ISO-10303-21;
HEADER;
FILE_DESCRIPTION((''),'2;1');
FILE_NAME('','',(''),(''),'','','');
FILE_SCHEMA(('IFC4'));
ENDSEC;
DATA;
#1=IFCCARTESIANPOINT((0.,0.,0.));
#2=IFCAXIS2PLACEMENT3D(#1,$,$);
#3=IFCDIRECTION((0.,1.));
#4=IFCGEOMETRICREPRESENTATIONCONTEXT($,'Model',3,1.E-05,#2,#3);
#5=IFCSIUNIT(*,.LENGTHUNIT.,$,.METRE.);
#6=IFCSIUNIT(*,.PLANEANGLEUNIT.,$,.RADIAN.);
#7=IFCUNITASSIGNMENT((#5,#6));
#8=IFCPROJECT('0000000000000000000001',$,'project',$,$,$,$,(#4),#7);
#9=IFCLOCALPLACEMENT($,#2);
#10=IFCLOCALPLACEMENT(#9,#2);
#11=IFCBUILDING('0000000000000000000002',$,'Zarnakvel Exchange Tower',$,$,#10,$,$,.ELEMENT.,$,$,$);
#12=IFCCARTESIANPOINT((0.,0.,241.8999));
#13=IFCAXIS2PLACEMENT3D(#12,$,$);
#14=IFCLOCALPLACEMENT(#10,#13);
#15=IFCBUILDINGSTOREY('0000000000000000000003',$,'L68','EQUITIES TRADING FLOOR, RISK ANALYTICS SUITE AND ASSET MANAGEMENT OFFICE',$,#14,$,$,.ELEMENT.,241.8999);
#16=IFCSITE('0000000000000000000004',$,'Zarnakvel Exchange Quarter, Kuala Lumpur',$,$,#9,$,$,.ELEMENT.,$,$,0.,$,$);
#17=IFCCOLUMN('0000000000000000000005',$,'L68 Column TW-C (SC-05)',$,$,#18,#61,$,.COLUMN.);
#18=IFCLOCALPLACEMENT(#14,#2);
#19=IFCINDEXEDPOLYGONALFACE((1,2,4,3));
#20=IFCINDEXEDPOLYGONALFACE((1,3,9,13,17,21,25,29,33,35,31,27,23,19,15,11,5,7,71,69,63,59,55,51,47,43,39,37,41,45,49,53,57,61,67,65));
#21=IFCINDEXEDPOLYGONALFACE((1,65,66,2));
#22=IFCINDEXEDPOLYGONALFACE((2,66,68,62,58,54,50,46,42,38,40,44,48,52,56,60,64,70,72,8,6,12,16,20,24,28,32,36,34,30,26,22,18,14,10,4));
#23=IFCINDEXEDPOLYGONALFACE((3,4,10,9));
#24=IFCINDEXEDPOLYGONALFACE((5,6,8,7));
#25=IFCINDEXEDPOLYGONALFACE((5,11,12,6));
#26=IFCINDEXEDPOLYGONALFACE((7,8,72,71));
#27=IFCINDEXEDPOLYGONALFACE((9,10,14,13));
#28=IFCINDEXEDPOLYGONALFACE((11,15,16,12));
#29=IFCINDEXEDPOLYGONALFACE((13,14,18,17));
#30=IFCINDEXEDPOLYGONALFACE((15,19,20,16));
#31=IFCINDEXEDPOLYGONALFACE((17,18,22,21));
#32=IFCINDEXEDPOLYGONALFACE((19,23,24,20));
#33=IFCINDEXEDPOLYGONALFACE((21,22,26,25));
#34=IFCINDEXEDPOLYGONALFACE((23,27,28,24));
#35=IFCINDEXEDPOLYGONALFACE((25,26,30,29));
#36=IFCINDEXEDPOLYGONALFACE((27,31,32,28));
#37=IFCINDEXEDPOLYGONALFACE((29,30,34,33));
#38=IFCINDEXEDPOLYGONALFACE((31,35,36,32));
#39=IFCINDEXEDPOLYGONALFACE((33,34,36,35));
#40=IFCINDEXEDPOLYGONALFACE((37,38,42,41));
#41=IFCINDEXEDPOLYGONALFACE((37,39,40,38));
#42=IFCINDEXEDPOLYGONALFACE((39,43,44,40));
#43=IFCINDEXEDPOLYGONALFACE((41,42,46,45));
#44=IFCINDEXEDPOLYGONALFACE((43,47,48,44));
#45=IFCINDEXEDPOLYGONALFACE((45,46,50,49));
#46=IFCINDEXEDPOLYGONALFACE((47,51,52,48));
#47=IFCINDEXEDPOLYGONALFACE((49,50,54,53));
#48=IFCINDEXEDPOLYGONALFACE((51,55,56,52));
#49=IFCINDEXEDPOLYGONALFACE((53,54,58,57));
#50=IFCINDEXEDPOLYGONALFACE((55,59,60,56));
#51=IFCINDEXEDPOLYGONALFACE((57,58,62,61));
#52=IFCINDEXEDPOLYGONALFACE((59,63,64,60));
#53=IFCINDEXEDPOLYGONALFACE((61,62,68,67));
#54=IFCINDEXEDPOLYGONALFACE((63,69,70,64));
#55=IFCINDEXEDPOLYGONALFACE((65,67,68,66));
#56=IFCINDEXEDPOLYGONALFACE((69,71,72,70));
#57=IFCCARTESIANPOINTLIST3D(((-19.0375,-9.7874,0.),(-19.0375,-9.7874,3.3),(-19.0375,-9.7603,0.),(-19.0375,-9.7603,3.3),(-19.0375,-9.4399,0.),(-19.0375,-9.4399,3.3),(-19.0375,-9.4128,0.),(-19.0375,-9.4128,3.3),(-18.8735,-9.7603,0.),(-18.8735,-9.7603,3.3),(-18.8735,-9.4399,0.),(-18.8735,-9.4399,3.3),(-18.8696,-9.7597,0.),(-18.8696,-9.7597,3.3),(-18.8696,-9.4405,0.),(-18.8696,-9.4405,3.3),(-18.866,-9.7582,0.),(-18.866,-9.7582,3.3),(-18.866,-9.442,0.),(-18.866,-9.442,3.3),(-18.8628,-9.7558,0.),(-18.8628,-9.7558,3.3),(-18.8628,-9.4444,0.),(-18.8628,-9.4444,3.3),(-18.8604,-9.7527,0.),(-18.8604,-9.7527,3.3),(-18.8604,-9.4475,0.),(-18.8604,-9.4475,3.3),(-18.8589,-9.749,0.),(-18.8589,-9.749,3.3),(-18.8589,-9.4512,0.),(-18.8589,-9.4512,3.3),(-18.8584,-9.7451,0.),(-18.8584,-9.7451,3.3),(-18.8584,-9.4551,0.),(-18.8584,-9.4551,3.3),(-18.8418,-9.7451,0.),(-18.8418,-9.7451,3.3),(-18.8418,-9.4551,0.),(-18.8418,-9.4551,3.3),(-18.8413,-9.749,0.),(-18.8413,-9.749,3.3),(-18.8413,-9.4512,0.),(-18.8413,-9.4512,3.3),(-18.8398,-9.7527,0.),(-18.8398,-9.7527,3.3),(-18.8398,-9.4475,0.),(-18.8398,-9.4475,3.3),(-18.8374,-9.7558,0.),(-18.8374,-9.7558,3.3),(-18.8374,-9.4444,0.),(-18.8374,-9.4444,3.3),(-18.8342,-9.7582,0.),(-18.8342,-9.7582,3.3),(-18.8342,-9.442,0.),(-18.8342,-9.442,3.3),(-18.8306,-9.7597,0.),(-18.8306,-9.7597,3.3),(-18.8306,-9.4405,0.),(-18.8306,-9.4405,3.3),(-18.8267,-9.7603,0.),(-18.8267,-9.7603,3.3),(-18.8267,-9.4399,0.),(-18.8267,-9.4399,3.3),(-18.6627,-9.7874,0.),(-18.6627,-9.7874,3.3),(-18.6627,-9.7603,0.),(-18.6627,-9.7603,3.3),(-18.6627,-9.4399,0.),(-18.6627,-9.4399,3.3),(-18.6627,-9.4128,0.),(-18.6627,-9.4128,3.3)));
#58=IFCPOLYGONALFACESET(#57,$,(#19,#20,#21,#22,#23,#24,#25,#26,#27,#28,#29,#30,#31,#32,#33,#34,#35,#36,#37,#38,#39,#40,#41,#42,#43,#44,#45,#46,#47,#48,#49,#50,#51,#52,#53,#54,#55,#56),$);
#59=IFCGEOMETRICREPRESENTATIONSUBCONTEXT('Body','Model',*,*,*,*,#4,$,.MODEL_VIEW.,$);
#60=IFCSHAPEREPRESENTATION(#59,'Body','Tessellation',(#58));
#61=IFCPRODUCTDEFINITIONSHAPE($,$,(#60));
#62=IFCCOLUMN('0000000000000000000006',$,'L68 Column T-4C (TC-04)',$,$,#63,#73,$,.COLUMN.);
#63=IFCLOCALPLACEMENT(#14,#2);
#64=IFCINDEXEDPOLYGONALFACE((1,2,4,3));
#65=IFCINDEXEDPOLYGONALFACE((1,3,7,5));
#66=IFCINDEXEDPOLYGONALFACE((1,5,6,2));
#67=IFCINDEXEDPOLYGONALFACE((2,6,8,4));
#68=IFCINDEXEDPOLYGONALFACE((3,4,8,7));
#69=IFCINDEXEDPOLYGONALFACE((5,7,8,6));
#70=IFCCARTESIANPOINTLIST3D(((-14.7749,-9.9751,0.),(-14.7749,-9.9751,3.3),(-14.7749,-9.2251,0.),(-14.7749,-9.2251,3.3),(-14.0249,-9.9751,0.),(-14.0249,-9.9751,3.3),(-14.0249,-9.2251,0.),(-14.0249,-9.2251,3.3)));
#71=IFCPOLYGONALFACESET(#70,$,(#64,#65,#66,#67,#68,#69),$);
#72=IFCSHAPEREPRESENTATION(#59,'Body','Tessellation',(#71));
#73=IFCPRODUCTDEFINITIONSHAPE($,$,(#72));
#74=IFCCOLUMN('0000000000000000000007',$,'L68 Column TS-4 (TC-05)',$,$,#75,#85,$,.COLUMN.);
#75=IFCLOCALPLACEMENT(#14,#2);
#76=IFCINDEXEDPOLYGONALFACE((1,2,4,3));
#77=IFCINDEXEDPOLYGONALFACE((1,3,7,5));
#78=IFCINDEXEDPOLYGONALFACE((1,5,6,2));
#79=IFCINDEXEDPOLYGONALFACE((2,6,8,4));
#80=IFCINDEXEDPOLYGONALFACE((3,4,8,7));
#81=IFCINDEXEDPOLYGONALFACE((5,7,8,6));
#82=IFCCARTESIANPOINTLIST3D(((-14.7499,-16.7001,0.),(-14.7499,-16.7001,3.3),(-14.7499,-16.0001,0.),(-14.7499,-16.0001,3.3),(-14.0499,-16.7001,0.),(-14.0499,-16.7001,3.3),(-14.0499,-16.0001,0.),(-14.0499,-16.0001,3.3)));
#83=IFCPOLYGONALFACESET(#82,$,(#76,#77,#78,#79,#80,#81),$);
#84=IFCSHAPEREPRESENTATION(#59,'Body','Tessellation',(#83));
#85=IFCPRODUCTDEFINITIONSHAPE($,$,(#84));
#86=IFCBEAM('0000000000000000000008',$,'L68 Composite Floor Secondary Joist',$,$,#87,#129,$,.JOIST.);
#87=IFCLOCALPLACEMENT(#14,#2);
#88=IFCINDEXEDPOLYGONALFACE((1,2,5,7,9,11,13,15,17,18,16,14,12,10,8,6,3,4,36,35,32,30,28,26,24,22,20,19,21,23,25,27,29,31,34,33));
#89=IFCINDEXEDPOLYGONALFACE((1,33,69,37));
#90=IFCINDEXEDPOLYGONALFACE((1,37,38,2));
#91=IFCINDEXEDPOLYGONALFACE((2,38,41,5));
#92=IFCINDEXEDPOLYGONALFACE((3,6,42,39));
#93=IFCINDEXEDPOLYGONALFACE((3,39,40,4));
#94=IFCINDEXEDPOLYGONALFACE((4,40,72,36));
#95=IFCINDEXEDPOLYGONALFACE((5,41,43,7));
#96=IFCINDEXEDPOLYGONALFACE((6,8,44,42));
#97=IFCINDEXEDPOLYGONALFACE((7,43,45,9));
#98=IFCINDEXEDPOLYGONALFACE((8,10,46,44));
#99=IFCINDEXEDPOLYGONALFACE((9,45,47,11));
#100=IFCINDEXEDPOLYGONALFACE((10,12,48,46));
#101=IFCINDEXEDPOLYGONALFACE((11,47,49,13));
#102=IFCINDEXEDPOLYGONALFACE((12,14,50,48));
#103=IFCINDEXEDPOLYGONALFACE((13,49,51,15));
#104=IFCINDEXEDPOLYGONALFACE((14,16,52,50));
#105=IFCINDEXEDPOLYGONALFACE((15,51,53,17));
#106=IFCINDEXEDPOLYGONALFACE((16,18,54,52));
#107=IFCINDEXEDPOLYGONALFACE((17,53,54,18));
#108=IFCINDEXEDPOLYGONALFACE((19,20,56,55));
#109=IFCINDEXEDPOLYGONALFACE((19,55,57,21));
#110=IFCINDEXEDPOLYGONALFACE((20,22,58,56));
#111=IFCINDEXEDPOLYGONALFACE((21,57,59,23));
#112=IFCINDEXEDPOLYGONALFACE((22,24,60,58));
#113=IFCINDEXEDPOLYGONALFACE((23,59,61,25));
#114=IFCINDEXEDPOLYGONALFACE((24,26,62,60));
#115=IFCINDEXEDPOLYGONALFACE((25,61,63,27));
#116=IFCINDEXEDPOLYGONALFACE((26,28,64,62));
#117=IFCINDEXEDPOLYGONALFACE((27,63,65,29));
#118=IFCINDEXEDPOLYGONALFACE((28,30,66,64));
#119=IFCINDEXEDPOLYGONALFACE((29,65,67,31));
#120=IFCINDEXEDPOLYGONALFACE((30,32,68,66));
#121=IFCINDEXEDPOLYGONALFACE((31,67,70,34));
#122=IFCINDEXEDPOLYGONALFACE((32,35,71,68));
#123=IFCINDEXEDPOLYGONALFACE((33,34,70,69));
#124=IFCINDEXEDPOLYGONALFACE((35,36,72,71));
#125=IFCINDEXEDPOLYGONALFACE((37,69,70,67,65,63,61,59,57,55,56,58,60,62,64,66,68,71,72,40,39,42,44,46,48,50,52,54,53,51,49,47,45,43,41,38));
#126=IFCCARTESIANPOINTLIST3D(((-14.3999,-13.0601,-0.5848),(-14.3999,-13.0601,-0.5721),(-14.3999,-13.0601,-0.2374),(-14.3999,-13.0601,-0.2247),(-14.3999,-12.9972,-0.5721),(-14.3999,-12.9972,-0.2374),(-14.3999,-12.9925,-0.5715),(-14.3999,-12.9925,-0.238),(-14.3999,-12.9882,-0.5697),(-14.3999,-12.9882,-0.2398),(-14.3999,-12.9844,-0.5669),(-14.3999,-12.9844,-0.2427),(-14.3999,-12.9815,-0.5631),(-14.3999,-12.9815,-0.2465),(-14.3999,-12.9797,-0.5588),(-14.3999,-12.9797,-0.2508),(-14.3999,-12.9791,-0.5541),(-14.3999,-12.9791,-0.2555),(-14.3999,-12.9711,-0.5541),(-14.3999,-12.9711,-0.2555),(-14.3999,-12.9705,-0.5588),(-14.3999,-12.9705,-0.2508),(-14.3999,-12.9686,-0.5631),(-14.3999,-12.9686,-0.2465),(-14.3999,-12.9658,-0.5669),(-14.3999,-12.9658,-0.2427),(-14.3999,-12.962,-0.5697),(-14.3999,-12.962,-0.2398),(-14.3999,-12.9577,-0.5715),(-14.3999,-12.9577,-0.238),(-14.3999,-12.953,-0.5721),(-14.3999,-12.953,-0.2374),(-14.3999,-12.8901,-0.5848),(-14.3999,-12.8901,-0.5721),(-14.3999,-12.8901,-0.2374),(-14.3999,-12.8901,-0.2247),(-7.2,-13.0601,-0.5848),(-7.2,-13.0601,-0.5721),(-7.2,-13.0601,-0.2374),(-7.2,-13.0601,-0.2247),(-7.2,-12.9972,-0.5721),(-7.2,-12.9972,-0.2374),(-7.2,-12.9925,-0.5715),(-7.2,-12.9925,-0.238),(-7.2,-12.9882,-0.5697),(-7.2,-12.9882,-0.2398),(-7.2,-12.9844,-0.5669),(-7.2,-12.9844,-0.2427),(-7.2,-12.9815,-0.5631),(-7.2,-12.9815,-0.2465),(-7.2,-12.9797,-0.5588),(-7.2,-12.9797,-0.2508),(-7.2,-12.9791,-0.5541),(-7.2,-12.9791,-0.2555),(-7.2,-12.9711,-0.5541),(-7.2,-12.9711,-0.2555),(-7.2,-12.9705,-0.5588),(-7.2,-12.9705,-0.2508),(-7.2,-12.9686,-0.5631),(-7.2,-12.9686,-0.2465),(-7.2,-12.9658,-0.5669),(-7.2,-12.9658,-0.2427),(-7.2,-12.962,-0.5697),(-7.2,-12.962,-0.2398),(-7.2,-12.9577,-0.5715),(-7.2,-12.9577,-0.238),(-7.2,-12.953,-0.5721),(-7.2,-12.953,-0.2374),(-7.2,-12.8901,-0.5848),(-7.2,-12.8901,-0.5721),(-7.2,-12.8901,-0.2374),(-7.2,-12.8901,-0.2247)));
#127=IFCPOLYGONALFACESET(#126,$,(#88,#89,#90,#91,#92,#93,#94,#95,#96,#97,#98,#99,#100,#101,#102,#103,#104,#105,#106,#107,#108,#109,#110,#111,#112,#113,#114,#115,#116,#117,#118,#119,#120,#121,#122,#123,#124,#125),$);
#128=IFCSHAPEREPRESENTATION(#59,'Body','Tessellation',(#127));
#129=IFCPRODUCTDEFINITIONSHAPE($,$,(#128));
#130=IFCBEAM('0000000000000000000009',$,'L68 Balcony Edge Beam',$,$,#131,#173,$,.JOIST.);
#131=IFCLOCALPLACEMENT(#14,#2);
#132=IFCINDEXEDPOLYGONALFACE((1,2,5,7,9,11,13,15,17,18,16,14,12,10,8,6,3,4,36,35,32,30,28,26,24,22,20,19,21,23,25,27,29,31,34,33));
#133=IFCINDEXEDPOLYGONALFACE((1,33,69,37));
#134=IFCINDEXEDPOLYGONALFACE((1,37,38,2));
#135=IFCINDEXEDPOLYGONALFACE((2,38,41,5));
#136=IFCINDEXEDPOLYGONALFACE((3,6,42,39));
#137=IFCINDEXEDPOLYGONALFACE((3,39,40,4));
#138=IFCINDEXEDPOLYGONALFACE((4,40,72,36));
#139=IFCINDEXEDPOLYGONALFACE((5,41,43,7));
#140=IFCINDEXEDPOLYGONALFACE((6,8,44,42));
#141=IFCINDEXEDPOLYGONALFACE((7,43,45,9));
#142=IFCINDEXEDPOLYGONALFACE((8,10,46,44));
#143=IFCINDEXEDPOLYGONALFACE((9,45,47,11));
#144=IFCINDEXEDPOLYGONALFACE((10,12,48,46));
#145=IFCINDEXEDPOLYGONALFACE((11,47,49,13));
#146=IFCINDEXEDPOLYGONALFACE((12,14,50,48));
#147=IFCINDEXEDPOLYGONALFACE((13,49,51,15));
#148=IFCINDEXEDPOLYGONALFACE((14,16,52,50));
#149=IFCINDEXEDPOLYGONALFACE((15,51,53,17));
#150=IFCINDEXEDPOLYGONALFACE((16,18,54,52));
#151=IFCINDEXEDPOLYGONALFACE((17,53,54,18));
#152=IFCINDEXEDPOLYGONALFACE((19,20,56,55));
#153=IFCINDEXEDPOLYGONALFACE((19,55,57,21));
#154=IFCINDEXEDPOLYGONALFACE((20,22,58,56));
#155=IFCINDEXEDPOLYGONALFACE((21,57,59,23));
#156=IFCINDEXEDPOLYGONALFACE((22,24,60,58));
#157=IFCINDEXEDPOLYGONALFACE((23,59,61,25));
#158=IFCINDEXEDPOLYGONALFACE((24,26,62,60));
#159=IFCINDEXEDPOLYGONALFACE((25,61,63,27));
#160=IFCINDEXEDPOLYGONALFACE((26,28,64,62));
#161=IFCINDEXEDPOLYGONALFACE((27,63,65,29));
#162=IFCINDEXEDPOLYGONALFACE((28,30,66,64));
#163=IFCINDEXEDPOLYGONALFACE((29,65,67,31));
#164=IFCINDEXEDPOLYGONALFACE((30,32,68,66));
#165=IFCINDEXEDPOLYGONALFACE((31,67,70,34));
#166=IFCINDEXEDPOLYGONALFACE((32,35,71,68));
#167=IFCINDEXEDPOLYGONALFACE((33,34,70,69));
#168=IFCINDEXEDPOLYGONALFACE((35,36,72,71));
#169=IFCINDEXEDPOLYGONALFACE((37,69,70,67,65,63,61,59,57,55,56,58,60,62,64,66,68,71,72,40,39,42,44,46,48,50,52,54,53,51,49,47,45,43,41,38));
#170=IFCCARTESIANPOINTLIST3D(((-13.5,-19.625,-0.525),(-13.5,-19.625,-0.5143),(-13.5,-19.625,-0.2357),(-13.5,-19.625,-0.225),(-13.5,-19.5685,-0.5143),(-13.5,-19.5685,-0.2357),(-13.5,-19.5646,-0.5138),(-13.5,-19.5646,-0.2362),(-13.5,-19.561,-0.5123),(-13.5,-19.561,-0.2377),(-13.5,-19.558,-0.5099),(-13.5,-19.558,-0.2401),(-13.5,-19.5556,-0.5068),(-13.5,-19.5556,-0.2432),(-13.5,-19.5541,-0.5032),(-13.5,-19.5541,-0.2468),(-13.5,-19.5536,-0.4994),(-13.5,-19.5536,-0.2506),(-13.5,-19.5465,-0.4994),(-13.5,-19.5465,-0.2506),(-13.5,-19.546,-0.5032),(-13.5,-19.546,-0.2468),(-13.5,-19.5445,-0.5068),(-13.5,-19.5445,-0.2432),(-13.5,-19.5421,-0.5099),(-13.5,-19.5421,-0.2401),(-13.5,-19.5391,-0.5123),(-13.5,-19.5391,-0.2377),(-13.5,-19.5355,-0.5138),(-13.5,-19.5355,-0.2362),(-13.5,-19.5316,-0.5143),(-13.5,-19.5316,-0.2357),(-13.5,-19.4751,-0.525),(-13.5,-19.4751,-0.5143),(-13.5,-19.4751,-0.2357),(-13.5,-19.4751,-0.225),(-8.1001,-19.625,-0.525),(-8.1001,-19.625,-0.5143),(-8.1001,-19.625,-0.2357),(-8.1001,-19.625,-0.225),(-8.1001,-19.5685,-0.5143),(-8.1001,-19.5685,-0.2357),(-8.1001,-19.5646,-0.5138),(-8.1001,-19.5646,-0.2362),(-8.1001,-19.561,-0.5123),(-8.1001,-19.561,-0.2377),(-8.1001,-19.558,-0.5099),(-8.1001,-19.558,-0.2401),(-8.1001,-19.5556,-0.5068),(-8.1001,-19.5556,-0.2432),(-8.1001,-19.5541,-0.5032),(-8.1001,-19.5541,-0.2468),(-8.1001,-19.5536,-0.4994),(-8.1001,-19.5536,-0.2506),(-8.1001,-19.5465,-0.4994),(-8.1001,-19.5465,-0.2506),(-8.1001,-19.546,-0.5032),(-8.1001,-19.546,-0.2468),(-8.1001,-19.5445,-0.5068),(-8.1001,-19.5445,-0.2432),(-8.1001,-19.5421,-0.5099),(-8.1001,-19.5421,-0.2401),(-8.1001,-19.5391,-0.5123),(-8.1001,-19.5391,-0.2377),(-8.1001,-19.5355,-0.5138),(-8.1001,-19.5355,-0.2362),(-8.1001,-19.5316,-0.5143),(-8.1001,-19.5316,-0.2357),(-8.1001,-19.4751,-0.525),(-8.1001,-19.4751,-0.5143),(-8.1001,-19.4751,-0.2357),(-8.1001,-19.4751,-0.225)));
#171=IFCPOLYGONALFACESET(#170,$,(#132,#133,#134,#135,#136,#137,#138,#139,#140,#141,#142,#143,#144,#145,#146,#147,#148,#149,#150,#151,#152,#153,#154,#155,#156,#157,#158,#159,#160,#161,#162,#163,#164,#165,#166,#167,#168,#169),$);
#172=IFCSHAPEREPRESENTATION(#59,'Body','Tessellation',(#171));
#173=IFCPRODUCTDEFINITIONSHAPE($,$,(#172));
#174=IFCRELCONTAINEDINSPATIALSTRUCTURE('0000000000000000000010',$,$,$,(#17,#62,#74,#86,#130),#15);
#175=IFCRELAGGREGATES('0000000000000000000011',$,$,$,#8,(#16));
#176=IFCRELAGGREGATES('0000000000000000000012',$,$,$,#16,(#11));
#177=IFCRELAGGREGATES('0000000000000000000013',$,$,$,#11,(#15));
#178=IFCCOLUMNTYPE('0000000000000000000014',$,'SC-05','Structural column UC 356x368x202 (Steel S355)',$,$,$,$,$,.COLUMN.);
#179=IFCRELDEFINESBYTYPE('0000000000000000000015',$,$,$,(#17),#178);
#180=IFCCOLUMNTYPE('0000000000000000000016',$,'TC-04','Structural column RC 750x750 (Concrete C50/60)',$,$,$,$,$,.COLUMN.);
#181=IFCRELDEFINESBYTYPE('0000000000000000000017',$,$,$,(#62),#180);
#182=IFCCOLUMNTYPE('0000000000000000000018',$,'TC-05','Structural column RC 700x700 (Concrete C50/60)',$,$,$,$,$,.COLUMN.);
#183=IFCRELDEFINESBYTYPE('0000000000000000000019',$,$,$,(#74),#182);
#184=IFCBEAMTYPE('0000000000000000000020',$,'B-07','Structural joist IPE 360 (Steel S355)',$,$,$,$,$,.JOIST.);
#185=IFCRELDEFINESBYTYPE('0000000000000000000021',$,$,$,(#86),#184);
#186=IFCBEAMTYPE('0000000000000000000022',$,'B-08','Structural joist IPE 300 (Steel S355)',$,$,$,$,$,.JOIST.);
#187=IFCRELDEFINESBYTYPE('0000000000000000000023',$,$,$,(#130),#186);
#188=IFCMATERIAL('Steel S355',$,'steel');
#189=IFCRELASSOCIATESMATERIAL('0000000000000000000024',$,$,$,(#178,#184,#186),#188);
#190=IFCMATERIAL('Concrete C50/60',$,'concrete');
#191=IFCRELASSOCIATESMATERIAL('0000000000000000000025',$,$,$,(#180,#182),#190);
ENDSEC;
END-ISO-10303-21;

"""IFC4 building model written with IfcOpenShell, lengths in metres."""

from ifc_helpers import new_model, si_unit, direction, frame, origin, origin_2d, place, context, subcontext, project, spatial, rectangle, i_section, extrude, material, material_profile, profile_set, type_object, element, save


model = new_model("IFC4")

# Units and contexts
model_context = context("Model", 3, precision=1e-05, world=origin(), true_north=direction((0.0, 1.0)))
body_context = subcontext(model_context, "Body", "Model", "MODEL_VIEW")
ifc_project = project(units=[si_unit("LENGTHUNIT", "METRE"), si_unit("PLANEANGLEUNIT", "RADIAN")], contexts=[model_context])

# Site, building, storey
site_placement = place(None, origin())
site = spatial("IfcSite", under=ifc_project, at=site_placement, Name="Zarnakvel Exchange Quarter, Kuala Lumpur", CompositionType="ELEMENT", RefElevation=0.0)
building_placement = place(site_placement, origin())
building = spatial("IfcBuilding", under=site, at=building_placement, Name="Zarnakvel Exchange Tower", CompositionType="ELEMENT")
storey_placement = place(building_placement, frame((0.0, 0.0, 241.8999)))
storey = spatial("IfcBuildingStorey", under=building, at=storey_placement, Name="L68", Description="EQUITIES TRADING FLOOR, RISK ANALYTICS SUITE AND ASSET MANAGEMENT OFFICE", CompositionType="ELEMENT", Elevation=241.8999)

# Columns
ifc_material_1 = material(Name="Steel S355", Category="steel")
ifc_material_profile_1 = material_profile(ifc_material_1, i_section(OverallWidth=0.3748, OverallDepth=0.3745, WebThickness=0.0166, FlangeThickness=0.0271, FilletRadius=0.0151, at=origin_2d()))
ifc_profile_set_1 = profile_set([ifc_material_profile_1], Name="Steel S355")
column_type_1 = type_object("IfcColumnType", Name="SC-05", Description="Structural column UC 356x368x202 (Steel S355)", PredefinedType="COLUMN", material=ifc_profile_set_1)
column_1_placement = place(storey_placement, frame((-18.8501, -9.6001, 0.0), z_axis=(0.0, 0.0, 1.0), x_axis=(1.0, 0.0, 0.0)))
element("IfcColumn", 1, at=column_1_placement, inside=storey, type_object=column_type_1, Name="L68 Column TW-C (SC-05)", PredefinedType="COLUMN", context=body_context, shape_type="SweptSolid", body=[
    extrude(i_section(OverallWidth=0.3748, OverallDepth=0.3745, WebThickness=0.0166, FlangeThickness=0.0271, FilletRadius=0.0151, at=origin_2d()), origin(), (0.0, 0.0, 1.0), 3.3),
])
ifc_material_2 = material(Name="Concrete C50/60", Category="concrete")
ifc_material_profile_2 = material_profile(ifc_material_2, rectangle(XDim=0.75, YDim=0.75, at=origin_2d()))
ifc_profile_set_2 = profile_set([ifc_material_profile_2], Name="Concrete C50/60")
column_type_2 = type_object("IfcColumnType", Name="TC-04", Description="Structural column RC 750x750 (Concrete C50/60)", PredefinedType="COLUMN", material=ifc_profile_set_2)
column_2_placement = place(storey_placement, frame((-14.3999, -9.6001, 0.0), z_axis=(0.0, 0.0, 1.0), x_axis=(1.0, 0.0, 0.0)))
element("IfcColumn", 2, at=column_2_placement, inside=storey, type_object=column_type_2, Name="L68 Column T-4C (TC-04)", PredefinedType="COLUMN", context=body_context, shape_type="SweptSolid", body=[
    extrude(rectangle(XDim=0.75, YDim=0.75, at=origin_2d()), origin(), (0.0, 0.0, 1.0), 3.3),
])
ifc_material_profile_3 = material_profile(ifc_material_2, rectangle(XDim=0.7, YDim=0.7, at=origin_2d()))
ifc_profile_set_3 = profile_set([ifc_material_profile_3], Name="Concrete C50/60")
column_type_3 = type_object("IfcColumnType", Name="TC-05", Description="Structural column RC 700x700 (Concrete C50/60)", PredefinedType="COLUMN", material=ifc_profile_set_3)
column_3_placement = place(storey_placement, frame((-14.3999, -16.3501, 0.0), z_axis=(0.0, 0.0, 1.0), x_axis=(1.0, 0.0, 0.0)))
element("IfcColumn", 3, at=column_3_placement, inside=storey, type_object=column_type_3, Name="L68 Column TS-4 (TC-05)", PredefinedType="COLUMN", context=body_context, shape_type="SweptSolid", body=[
    extrude(rectangle(XDim=0.7, YDim=0.7, at=origin_2d()), origin(), (0.0, 0.0, 1.0), 3.3),
])

# Beams
ifc_material_profile_4 = material_profile(ifc_material_1, i_section(OverallWidth=0.1699, OverallDepth=0.3601, WebThickness=0.0081, FlangeThickness=0.0127, FilletRadius=0.0181, at=origin_2d()))
ifc_profile_set_4 = profile_set([ifc_material_profile_4], Name="Steel S355")
beam_type_1 = type_object("IfcBeamType", Name="B-07", Description="Structural joist IPE 360 (Steel S355)", PredefinedType="JOIST", material=ifc_profile_set_4)
beam_1_placement = place(storey_placement, frame((-14.3999, -12.9751, -0.4048), z_axis=(1.0, 0.0, 0.0), x_axis=(0.0, 1.0, 0.0)))
element("IfcBeam", 4, at=beam_1_placement, inside=storey, type_object=beam_type_1, Name="L68 Composite Floor Secondary Joist", PredefinedType="JOIST", context=body_context, shape_type="SweptSolid", body=[
    extrude(i_section(OverallWidth=0.1699, OverallDepth=0.3601, WebThickness=0.0081, FlangeThickness=0.0127, FilletRadius=0.0181, at=origin_2d()), origin(), (0.0, 0.0, 1.0), 7.2),
])
ifc_material_profile_5 = material_profile(ifc_material_1, i_section(OverallWidth=0.1499, OverallDepth=0.3, WebThickness=0.0071, FlangeThickness=0.0107, FilletRadius=0.0149, at=origin_2d()))
ifc_profile_set_5 = profile_set([ifc_material_profile_5], Name="Steel S355")
beam_type_2 = type_object("IfcBeamType", Name="B-08", Description="Structural joist IPE 300 (Steel S355)", PredefinedType="JOIST", material=ifc_profile_set_5)
beam_2_placement = place(storey_placement, frame((-13.5, -19.55, -0.375), z_axis=(1.0, 0.0, 0.0), x_axis=(0.0, 1.0, 0.0)))
element("IfcBeam", 5, at=beam_2_placement, inside=storey, type_object=beam_type_2, Name="L68 Balcony Edge Beam", PredefinedType="JOIST", context=body_context, shape_type="SweptSolid", body=[
    extrude(i_section(OverallWidth=0.1499, OverallDepth=0.3, WebThickness=0.0071, FlangeThickness=0.0107, FilletRadius=0.0149, at=origin_2d()), origin(), (0.0, 0.0, 1.0), 5.3999),
])

save(model, "model.ifc")
